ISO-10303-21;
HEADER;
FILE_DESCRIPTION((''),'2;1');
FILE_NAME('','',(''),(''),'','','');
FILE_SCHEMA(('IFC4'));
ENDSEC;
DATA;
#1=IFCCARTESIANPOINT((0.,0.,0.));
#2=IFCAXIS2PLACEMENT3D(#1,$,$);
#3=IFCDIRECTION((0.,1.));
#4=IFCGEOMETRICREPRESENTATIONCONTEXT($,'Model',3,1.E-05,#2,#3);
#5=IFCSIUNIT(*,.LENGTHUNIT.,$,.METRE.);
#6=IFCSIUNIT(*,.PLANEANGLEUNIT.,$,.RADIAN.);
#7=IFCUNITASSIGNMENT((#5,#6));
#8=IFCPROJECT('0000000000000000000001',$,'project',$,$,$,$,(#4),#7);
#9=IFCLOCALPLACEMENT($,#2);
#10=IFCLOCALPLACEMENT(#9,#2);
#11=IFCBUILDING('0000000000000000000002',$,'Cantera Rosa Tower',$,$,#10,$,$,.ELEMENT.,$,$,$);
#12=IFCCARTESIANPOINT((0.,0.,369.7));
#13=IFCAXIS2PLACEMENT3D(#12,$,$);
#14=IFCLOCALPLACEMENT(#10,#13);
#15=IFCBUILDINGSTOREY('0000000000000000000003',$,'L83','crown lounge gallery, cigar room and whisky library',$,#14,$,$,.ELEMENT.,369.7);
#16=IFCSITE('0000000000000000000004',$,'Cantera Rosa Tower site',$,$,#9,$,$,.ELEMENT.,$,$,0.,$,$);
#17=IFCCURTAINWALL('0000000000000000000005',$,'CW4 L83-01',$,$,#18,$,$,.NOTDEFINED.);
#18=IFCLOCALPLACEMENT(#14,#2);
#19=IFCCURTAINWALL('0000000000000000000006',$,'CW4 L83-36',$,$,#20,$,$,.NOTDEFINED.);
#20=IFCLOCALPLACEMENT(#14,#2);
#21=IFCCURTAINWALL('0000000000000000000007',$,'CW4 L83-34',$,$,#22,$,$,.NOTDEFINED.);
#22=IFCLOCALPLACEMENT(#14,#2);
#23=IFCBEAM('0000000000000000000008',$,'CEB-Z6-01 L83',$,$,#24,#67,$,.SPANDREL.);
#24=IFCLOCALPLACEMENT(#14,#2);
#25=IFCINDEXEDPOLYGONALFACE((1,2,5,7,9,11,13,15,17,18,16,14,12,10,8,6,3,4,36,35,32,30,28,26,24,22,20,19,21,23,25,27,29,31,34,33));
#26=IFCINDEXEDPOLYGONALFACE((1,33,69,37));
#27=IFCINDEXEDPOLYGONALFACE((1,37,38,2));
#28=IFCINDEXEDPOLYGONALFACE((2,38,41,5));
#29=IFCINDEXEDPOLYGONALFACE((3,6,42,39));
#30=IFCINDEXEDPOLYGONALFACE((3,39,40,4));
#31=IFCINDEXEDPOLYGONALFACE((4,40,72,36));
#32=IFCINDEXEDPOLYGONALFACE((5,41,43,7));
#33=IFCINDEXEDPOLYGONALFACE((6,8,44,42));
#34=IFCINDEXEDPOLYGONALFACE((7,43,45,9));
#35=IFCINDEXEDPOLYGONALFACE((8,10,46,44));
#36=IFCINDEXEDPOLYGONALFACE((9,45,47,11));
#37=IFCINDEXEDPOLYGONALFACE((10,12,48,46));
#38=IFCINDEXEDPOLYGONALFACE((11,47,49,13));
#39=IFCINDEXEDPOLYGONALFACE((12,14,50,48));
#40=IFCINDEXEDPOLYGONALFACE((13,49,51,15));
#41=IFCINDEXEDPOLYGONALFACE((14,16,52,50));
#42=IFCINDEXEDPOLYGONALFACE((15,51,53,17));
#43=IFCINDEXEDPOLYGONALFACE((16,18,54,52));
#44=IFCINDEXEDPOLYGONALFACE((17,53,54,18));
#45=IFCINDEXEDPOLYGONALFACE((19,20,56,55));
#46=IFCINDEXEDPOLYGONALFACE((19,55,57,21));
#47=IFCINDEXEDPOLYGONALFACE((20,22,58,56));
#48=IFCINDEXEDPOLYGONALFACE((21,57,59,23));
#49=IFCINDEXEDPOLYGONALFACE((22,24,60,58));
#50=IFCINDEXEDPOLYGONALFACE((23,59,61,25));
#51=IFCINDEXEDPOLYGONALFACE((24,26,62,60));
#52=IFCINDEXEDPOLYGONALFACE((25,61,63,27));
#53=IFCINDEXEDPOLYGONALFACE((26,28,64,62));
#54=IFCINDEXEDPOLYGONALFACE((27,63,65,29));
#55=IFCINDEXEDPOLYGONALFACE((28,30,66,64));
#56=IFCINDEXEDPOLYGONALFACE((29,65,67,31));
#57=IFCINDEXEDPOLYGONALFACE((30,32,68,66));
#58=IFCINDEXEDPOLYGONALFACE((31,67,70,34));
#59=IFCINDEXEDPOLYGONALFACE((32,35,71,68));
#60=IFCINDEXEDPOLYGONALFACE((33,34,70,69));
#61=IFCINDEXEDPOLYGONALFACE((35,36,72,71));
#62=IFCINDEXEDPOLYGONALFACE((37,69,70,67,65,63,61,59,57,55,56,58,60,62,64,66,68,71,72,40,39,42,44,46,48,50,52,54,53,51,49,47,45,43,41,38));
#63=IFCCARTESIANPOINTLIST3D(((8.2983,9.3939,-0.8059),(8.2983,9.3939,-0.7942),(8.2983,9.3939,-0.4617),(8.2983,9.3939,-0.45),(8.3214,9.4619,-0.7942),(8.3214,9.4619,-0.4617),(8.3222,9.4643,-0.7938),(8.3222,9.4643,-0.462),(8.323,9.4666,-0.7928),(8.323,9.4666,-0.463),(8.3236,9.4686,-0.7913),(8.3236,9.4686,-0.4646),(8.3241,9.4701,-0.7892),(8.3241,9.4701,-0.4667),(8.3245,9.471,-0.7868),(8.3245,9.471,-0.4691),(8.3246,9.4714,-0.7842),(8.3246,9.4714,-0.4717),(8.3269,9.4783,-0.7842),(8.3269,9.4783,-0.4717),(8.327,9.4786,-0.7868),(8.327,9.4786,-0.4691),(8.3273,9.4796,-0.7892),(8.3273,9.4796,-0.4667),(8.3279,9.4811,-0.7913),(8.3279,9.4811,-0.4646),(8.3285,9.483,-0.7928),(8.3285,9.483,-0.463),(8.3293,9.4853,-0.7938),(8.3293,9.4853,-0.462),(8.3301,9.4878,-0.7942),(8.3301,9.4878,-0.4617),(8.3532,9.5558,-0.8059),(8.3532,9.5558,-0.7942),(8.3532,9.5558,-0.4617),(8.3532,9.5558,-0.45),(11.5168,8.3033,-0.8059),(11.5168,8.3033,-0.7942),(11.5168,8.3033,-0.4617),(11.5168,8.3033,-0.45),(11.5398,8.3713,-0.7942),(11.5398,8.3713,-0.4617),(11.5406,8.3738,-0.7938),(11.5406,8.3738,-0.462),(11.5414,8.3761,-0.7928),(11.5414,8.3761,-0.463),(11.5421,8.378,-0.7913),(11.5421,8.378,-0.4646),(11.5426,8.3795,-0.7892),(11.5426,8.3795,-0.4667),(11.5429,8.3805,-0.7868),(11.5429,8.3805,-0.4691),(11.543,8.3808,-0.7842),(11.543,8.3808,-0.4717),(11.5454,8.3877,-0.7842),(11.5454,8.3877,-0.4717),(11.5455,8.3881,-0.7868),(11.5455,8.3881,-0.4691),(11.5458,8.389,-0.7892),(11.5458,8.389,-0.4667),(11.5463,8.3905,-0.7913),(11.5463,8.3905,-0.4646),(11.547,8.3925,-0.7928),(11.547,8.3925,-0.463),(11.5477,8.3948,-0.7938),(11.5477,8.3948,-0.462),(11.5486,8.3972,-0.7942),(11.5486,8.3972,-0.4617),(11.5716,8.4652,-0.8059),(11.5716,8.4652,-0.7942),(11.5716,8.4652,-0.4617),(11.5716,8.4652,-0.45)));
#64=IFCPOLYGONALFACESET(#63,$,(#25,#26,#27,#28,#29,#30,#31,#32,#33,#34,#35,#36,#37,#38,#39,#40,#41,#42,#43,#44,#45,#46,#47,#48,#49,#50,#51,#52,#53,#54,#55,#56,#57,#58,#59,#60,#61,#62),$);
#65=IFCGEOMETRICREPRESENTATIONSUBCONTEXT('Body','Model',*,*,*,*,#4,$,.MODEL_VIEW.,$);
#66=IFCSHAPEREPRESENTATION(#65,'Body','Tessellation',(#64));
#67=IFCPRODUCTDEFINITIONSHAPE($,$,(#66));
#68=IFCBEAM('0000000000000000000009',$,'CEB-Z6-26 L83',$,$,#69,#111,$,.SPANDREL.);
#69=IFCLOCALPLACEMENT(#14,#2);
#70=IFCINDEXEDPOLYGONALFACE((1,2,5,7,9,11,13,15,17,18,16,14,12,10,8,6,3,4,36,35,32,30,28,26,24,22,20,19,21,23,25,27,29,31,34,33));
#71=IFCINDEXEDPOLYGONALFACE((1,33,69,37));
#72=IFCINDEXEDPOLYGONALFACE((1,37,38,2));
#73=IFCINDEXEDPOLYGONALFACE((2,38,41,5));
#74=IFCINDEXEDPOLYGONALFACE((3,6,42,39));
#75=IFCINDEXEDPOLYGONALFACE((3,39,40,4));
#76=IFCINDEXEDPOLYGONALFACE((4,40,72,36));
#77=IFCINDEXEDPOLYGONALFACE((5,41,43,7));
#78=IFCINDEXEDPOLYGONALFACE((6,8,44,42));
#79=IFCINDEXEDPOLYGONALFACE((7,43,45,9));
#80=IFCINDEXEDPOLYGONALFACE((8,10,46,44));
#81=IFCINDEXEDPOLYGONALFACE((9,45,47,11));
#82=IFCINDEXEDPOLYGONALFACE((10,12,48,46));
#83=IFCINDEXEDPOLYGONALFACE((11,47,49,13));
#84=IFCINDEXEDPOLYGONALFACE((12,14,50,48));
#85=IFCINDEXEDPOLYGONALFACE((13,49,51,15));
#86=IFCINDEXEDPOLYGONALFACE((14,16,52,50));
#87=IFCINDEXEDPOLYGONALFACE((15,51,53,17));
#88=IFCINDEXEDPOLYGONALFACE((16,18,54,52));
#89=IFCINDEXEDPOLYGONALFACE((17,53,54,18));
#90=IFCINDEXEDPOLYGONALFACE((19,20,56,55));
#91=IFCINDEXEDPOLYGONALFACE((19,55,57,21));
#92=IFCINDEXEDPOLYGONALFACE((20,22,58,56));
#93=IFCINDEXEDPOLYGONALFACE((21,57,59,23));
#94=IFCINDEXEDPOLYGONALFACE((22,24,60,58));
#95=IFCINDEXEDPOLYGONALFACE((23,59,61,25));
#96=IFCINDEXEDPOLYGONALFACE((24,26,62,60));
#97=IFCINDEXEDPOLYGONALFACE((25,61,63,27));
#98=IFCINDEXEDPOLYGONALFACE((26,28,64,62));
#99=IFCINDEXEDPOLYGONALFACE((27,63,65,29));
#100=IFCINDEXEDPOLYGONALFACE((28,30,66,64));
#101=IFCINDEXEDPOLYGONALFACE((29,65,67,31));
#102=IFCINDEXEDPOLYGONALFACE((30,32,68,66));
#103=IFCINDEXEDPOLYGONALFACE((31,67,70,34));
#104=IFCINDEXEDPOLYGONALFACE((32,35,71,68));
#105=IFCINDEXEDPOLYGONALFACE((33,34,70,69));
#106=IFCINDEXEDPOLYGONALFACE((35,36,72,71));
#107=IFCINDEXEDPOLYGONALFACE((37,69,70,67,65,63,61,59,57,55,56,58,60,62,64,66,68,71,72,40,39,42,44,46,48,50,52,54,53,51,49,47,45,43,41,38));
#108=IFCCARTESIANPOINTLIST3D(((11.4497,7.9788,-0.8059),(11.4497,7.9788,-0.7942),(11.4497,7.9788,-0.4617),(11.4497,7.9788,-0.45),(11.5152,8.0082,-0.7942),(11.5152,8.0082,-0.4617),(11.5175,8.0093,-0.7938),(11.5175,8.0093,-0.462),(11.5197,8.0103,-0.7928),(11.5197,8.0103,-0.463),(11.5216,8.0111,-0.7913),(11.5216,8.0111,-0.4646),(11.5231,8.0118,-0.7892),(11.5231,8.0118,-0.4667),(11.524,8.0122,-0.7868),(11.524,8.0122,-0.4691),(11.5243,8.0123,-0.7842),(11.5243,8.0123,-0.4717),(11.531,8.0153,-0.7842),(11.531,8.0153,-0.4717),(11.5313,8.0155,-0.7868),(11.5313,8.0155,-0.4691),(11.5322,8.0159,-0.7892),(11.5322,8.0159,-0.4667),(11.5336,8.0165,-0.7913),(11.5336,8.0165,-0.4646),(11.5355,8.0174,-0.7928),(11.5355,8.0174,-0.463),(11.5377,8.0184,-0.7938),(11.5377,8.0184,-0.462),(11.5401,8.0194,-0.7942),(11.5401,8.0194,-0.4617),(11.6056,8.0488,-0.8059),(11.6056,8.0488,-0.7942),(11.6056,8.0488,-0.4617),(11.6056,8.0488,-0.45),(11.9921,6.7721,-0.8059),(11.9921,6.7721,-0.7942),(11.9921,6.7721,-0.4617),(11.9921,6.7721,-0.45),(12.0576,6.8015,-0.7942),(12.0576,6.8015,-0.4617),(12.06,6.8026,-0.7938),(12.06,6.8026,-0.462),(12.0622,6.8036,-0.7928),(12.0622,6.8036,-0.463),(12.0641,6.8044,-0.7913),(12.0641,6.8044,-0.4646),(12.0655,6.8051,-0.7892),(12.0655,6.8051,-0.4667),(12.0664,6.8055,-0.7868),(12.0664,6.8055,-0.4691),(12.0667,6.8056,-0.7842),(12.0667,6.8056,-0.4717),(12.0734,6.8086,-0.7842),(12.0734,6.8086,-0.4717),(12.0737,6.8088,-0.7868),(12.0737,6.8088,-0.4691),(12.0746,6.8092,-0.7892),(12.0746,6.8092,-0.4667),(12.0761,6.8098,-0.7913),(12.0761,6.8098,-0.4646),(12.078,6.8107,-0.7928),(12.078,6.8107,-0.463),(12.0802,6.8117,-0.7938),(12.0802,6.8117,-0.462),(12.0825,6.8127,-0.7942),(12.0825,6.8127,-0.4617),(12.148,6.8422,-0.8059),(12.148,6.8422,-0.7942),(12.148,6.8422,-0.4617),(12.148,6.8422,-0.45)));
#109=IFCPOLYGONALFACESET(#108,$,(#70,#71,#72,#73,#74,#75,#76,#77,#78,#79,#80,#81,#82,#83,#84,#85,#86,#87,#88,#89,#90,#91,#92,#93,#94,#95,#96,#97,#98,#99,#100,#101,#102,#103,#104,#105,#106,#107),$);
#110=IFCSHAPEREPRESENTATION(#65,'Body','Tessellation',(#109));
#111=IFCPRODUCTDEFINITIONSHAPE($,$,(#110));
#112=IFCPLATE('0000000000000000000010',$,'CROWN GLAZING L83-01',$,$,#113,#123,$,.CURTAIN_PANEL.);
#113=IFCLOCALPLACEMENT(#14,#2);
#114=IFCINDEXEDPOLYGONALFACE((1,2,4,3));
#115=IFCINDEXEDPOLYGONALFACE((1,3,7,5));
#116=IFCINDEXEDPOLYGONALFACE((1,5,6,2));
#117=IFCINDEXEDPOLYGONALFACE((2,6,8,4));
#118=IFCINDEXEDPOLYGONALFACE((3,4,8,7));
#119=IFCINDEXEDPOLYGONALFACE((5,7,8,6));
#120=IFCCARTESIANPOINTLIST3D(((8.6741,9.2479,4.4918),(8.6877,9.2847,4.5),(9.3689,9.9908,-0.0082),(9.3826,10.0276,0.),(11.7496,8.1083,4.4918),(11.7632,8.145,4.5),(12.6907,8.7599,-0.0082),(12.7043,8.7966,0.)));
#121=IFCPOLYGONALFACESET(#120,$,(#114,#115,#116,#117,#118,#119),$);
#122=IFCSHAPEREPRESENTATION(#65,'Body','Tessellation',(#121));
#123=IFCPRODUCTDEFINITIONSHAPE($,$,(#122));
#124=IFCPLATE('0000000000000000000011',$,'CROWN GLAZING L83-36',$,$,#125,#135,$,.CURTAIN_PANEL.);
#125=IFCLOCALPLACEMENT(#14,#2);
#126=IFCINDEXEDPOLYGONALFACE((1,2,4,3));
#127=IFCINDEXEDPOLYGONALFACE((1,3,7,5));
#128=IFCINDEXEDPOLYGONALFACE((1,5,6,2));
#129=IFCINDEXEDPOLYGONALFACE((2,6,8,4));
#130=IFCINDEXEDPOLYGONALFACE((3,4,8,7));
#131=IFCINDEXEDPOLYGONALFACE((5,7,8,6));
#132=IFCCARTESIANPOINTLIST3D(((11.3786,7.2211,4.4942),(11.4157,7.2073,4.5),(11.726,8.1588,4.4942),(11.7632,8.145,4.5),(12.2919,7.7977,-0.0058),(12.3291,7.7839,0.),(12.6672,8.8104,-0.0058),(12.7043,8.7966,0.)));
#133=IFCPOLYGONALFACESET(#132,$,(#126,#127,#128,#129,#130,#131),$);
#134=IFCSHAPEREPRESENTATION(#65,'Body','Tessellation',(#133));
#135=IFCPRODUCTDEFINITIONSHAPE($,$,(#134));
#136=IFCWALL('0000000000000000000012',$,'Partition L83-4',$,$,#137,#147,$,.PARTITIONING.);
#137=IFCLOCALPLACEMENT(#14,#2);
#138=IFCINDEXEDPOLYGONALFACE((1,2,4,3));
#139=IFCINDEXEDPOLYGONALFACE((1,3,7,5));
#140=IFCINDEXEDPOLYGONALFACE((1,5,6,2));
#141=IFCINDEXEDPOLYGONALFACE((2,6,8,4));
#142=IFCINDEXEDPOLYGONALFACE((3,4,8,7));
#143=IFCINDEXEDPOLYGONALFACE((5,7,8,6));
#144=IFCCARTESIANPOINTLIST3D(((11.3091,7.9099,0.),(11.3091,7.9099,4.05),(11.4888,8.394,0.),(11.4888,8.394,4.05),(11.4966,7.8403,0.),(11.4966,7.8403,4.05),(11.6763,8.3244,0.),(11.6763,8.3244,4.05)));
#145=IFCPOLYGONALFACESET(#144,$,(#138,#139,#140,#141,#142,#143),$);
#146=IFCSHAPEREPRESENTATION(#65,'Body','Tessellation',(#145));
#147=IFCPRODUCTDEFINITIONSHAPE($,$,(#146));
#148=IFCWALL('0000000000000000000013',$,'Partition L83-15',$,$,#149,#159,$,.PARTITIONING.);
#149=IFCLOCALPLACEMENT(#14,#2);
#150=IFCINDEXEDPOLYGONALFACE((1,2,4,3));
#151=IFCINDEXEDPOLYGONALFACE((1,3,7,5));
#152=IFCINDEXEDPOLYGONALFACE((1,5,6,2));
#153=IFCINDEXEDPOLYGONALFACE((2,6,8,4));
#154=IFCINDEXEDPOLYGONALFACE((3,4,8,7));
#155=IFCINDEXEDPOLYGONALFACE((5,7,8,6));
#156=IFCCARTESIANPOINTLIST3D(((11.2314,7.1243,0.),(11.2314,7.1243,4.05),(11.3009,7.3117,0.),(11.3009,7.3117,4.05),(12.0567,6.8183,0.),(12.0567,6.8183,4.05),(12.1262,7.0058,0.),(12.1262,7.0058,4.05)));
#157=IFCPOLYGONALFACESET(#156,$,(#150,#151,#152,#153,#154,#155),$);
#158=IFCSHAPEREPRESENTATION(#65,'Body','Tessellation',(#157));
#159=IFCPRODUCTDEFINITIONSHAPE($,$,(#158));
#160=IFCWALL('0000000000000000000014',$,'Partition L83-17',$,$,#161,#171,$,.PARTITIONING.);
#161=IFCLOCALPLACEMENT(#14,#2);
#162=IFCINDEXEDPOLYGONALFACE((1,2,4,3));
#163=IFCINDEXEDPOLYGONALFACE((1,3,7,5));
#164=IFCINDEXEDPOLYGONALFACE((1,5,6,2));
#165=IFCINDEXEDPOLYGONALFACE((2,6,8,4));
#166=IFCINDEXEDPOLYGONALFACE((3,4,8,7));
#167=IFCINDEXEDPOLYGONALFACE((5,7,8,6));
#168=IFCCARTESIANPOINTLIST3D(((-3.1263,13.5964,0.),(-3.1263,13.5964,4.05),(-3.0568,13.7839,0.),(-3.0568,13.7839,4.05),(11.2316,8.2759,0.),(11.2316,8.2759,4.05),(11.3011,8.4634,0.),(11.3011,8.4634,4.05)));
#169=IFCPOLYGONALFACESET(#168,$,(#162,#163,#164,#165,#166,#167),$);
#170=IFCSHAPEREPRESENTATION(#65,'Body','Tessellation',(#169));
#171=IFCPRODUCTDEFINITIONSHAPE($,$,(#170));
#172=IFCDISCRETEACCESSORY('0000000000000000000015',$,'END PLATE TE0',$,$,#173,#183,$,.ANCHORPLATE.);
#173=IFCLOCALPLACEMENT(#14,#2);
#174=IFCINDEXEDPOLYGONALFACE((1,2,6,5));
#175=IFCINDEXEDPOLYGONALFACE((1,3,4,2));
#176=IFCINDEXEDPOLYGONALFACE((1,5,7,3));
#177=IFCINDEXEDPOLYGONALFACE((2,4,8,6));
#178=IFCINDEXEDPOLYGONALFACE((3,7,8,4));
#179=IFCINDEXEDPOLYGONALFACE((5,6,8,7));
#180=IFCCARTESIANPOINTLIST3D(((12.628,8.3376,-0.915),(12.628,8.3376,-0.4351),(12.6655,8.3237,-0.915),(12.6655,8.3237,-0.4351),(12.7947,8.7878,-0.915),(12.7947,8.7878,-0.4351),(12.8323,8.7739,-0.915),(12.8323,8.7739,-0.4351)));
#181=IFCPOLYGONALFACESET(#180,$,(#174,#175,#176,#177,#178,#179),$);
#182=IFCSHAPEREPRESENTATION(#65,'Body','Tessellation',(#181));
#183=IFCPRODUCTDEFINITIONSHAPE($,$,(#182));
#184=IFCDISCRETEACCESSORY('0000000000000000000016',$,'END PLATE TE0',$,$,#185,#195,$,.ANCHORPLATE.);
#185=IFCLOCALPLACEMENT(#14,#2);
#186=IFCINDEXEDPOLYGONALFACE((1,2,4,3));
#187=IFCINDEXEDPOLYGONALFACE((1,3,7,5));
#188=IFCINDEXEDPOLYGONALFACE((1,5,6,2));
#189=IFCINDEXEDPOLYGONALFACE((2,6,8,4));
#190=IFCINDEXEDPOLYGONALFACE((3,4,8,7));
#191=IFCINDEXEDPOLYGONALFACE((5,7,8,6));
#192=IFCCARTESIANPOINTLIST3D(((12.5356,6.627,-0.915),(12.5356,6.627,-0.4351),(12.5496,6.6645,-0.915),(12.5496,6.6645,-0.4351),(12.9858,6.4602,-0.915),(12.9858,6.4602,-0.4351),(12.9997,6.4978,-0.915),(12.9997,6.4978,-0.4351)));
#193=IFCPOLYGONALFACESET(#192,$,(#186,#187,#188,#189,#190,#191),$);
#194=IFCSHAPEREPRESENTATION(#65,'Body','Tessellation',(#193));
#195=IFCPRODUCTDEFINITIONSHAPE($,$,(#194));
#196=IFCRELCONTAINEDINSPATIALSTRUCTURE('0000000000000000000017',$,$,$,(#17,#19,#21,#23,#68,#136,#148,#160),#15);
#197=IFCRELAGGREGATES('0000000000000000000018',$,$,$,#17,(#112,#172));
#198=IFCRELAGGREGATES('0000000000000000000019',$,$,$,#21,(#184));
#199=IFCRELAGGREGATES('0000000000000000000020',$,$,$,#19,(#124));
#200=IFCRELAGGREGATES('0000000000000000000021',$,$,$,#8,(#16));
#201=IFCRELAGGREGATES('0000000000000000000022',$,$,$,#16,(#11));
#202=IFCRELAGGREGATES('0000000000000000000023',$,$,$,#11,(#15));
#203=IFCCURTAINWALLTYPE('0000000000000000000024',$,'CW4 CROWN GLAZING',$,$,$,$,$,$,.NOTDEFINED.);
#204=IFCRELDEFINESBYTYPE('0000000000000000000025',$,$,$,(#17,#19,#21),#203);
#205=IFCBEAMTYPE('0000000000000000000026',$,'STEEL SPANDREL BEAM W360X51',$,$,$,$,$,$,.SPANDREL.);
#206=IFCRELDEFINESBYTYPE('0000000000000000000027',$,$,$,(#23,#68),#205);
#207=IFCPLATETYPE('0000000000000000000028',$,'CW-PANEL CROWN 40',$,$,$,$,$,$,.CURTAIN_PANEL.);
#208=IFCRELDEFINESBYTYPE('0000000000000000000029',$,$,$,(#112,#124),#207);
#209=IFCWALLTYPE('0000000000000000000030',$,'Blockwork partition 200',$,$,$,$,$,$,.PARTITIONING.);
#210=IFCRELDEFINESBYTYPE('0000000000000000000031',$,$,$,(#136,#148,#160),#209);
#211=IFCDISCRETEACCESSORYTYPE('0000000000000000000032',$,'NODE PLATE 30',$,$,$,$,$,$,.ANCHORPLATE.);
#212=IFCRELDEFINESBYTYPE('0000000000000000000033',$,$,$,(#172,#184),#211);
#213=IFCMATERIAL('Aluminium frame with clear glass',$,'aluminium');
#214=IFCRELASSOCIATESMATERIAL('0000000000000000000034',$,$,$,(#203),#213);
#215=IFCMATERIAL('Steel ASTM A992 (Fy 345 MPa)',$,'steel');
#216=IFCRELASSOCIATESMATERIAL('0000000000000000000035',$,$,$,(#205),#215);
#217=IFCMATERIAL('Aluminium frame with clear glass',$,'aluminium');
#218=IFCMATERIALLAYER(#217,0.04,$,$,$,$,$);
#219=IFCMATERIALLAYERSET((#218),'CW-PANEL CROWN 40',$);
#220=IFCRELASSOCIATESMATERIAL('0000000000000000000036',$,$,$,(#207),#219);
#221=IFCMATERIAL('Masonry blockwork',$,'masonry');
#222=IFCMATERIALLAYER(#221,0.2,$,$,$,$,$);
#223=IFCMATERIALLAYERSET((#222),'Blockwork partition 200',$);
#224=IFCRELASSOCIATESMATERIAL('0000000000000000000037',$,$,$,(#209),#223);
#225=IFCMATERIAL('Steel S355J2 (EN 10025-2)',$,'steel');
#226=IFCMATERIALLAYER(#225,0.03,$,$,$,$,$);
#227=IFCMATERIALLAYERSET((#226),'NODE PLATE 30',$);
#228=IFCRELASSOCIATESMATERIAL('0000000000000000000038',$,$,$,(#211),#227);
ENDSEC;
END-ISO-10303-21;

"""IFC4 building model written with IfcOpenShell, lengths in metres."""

from ifc_helpers import new_model, si_unit, direction, frame, frame_2d, origin, origin_2d, place, context, subcontext, project, spatial, polyline, rectangle, i_section, outline, extrude, material, layer, layer_set, material_profile, profile_set, type_object, element, aggregate, save


model = new_model("IFC4")

# Units and contexts
model_context = context("Model", 3, precision=1e-05, world=origin(), true_north=direction((0.0, 1.0)))
body_context = subcontext(model_context, "Body", "Model", "MODEL_VIEW")
ifc_project = project(units=[si_unit("LENGTHUNIT", "METRE"), si_unit("PLANEANGLEUNIT", "RADIAN")], contexts=[model_context])

# Site, building, storey
site_placement = place(None, origin())
site = spatial("IfcSite", under=ifc_project, at=site_placement, Name="Cantera Rosa Tower site", CompositionType="ELEMENT", RefElevation=0.0)
building_placement = place(site_placement, origin())
building = spatial("IfcBuilding", under=site, at=building_placement, Name="Cantera Rosa Tower", CompositionType="ELEMENT")
storey_placement = place(building_placement, frame((0.0, 0.0, 369.7)))
storey = spatial("IfcBuildingStorey", under=building, at=storey_placement, Name="L83", Description="crown lounge gallery, cigar room and whisky library", CompositionType="ELEMENT", Elevation=369.7)

# Curtain walls
ifc_material_1 = material(Name="Aluminium frame with clear glass", Category="aluminium")
curtain_wall_type = type_object("IfcCurtainWallType", Name="CW4 CROWN GLAZING", PredefinedType="NOTDEFINED", material=ifc_material_1)
curtain_wall_1_placement = place(storey_placement, origin())
curtain_wall_1 = element("IfcCurtainWall", 1, at=curtain_wall_1_placement, inside=storey, type_object=curtain_wall_type, Name="CW4 L83-01", PredefinedType="NOTDEFINED")
curtain_wall_2_placement = place(storey_placement, origin())
curtain_wall_2 = element("IfcCurtainWall", 2, at=curtain_wall_2_placement, inside=storey, type_object=curtain_wall_type, Name="CW4 L83-36", PredefinedType="NOTDEFINED")

# Curtain wall
curtain_wall_3_placement = place(storey_placement, origin())
curtain_wall_3 = element("IfcCurtainWall", 3, at=curtain_wall_3_placement, inside=storey, type_object=curtain_wall_type, Name="CW4 L83-34", PredefinedType="NOTDEFINED")

# Beams
ifc_material_2 = material(Name="Steel ASTM A992 (Fy 345 MPa)", Category="steel")
ifc_material_profile_1 = material_profile(ifc_material_2, i_section(OverallWidth=0.1709, OverallDepth=0.356, WebThickness=0.0073, FlangeThickness=0.0117, FilletRadius=0.01, at=origin_2d()), Name="W360X51")
ifc_profile_set_1 = profile_set([ifc_material_profile_1], Name="Steel ASTM A992 (Fy 345 MPa)")
beam_type_1 = type_object("IfcBeamType", Name="STEEL SPANDREL BEAM W360X51", PredefinedType="SPANDREL", material=ifc_profile_set_1)
beam_1_placement = place(storey_placement, frame((11.5442, 8.3843, -0.6279), z_axis=(-0.947105, 0.320922, 0.0), x_axis=(-0.320922, -0.947105, 0.0)))
element("IfcBeam", 4, at=beam_1_placement, inside=storey, type_object=beam_type_1, Name="CEB-Z6-01 L83", PredefinedType="SPANDREL", context=body_context, shape_type="SweptSolid", body=[
    extrude(i_section(OverallWidth=0.1709, OverallDepth=0.356, WebThickness=0.0073, FlangeThickness=0.0117, FilletRadius=0.01, at=origin_2d()), origin(), (0.0, 0.0, 1.0), 3.3982),
])
beam_2_placement = place(storey_placement, frame((12.0701, 6.8071, -0.6279), z_axis=(-0.410004, 0.912084, 0.0), x_axis=(-0.912084, -0.410004, 0.0)))
element("IfcBeam", 5, at=beam_2_placement, inside=storey, type_object=beam_type_1, Name="CEB-Z6-26 L83", PredefinedType="SPANDREL", context=body_context, shape_type="SweptSolid", body=[
    extrude(i_section(OverallWidth=0.1709, OverallDepth=0.356, WebThickness=0.0073, FlangeThickness=0.0117, FilletRadius=0.01, at=origin_2d()), origin(), (0.0, 0.0, 1.0), 1.323),
])

# Plates
ifc_material_3 = material(Name="Aluminium frame with clear glass", Category="aluminium")
ifc_layer_1 = layer(ifc_material_3, 0.04)
ifc_layer_set_1 = layer_set([ifc_layer_1], Name="CW-PANEL CROWN 40")
plate_type = type_object("IfcPlateType", Name="CW-PANEL CROWN 40", PredefinedType="CURTAIN_PANEL", material=ifc_layer_set_1)
plate_1_placement = place(storey_placement, frame((12.7043, 8.7966, 0.0), z_axis=(0.340165, 0.917956, 0.204069), x_axis=(-0.937688, 0.347478, -0.000001)))
plate_1 = element("IfcPlate", 6, at=plate_1_placement, type_object=plate_type, Name="CROWN GLAZING L83-01", PredefinedType="CURTAIN_PANEL", context=body_context, shape_type="SweptSolid", body=[
    extrude(outline(polyline([(0.0, 0.0), (3.5425, 0.0), (3.9359, 4.5967), (0.6561, 4.5967), (0.0, 0.0)])), origin(), (0.0, 0.0, -1.0), 0.04),
])
plate_2_placement = place(storey_placement, frame((12.3291, 7.7839, 0.0), z_axis=(0.927895, -0.343794, 0.144278), x_axis=(0.34743, 0.937706, -0.000004)))
plate_2 = element("IfcPlate", 7, at=plate_2_placement, type_object=plate_type, Name="CROWN GLAZING L83-36", PredefinedType="CURTAIN_PANEL", context=body_context, shape_type="SweptSolid", body=[
    extrude(outline(polyline([(0.0, 0.0), (1.08, 0.0), (0.142, 4.5476), (-0.8581, 4.5476), (0.0, 0.0)])), origin(), (0.0, 0.0, -1.0), 0.04),
])

# Walls
ifc_material_4 = material(Name="Masonry blockwork", Category="masonry")
ifc_layer_2 = layer(ifc_material_4, 0.2)
ifc_layer_set_2 = layer_set([ifc_layer_2], Name="Blockwork partition 200")
wall_type = type_object("IfcWallType", Name="Blockwork partition 200", PredefinedType="PARTITIONING", material=ifc_layer_set_2)
wall_1_placement = place(storey_placement, frame((11.4028, 7.875, 0.0), z_axis=(0.0, 0.0, 1.0), x_axis=(0.347961, 0.937509, 0.0)))
element("IfcWall", 8, at=wall_1_placement, inside=storey, type_object=wall_type, Name="Partition L83-4", PredefinedType="PARTITIONING", context=body_context, shape_type="SweptSolid", body=[
    extrude(rectangle(XDim=0.5164, YDim=0.2, at=frame_2d((0.2583, 0.0))), origin(), (0.0, 0.0, 1.0), 4.05),
])
wall_2_placement = place(storey_placement, frame((12.0913, 6.9121, 0.0), z_axis=(0.0, 0.0, 1.0), x_axis=(-0.937645, 0.347594, 0.0)))
element("IfcWall", 9, at=wall_2_placement, inside=storey, type_object=wall_type, Name="Partition L83-15", PredefinedType="PARTITIONING", context=body_context, shape_type="SweptSolid", body=[
    extrude(rectangle(XDim=0.8801, YDim=0.2, at=frame_2d((0.4399, 0.0))), origin(), (0.0, 0.0, 1.0), 4.05),
])
wall_3_placement = place(storey_placement, frame((11.2664, 8.3696, 0.0), z_axis=(0.0, 0.0, 1.0), x_axis=(-0.937689, 0.347476, 0.0)))
element("IfcWall", 10, at=wall_3_placement, inside=storey, type_object=wall_type, Name="Partition L83-17", PredefinedType="PARTITIONING", context=body_context, shape_type="SweptSolid", body=[
    extrude(rectangle(XDim=15.312, YDim=0.2, at=frame_2d((7.656, 0.0))), origin(), (0.0, 0.0, 1.0), 4.05),
])

# Discrete accessories
ifc_material_5 = material(Name="Steel S355J2 (EN 10025-2)", Category="steel")
ifc_layer_3 = layer(ifc_material_5, 0.03)
ifc_layer_set_3 = layer_set([ifc_layer_3], Name="NODE PLATE 30")
discrete_accessory_type = type_object("IfcDiscreteAccessoryType", Name="NODE PLATE 30", PredefinedType="ANCHORPLATE", material=ifc_layer_set_3)
discrete_accessory_1_placement = place(storey_placement, frame((12.8323, 8.7739, -0.4351), z_axis=(0.937743, -0.347331, 0.0), x_axis=(-0.347331, -0.937743, 0.0)))
discrete_accessory_1 = element("IfcDiscreteAccessory", 11, at=discrete_accessory_1_placement, type_object=discrete_accessory_type, Name="END PLATE TE0", PredefinedType="ANCHORPLATE", context=body_context, shape_type="SweptSolid", body=[
    extrude(outline(polyline([(0.0, 0.0), (0.4801, 0.0), (0.4801, 0.48), (0.0, 0.48), (0.0, 0.0)])), origin(), (0.0, 0.0, -1.0), 0.04),
])
aggregate(curtain_wall_1, [plate_1, discrete_accessory_1])
discrete_accessory_2_placement = place(storey_placement, frame((12.9858, 6.4602, -0.4351), z_axis=(-0.347331, -0.937743, 0.0), x_axis=(-0.937743, 0.347331, 0.0)))
discrete_accessory_2 = element("IfcDiscreteAccessory", 12, at=discrete_accessory_2_placement, type_object=discrete_accessory_type, Name="END PLATE TE0", PredefinedType="ANCHORPLATE", context=body_context, shape_type="SweptSolid", body=[
    extrude(outline(polyline([(0.0, 0.0), (0.4801, 0.0), (0.4801, 0.48), (0.0, 0.48), (0.0, 0.0)])), origin(), (0.0, 0.0, -1.0), 0.04),
])
aggregate(curtain_wall_3, [discrete_accessory_2])
aggregate(curtain_wall_2, [plate_2])

save(model, "model.ifc")
